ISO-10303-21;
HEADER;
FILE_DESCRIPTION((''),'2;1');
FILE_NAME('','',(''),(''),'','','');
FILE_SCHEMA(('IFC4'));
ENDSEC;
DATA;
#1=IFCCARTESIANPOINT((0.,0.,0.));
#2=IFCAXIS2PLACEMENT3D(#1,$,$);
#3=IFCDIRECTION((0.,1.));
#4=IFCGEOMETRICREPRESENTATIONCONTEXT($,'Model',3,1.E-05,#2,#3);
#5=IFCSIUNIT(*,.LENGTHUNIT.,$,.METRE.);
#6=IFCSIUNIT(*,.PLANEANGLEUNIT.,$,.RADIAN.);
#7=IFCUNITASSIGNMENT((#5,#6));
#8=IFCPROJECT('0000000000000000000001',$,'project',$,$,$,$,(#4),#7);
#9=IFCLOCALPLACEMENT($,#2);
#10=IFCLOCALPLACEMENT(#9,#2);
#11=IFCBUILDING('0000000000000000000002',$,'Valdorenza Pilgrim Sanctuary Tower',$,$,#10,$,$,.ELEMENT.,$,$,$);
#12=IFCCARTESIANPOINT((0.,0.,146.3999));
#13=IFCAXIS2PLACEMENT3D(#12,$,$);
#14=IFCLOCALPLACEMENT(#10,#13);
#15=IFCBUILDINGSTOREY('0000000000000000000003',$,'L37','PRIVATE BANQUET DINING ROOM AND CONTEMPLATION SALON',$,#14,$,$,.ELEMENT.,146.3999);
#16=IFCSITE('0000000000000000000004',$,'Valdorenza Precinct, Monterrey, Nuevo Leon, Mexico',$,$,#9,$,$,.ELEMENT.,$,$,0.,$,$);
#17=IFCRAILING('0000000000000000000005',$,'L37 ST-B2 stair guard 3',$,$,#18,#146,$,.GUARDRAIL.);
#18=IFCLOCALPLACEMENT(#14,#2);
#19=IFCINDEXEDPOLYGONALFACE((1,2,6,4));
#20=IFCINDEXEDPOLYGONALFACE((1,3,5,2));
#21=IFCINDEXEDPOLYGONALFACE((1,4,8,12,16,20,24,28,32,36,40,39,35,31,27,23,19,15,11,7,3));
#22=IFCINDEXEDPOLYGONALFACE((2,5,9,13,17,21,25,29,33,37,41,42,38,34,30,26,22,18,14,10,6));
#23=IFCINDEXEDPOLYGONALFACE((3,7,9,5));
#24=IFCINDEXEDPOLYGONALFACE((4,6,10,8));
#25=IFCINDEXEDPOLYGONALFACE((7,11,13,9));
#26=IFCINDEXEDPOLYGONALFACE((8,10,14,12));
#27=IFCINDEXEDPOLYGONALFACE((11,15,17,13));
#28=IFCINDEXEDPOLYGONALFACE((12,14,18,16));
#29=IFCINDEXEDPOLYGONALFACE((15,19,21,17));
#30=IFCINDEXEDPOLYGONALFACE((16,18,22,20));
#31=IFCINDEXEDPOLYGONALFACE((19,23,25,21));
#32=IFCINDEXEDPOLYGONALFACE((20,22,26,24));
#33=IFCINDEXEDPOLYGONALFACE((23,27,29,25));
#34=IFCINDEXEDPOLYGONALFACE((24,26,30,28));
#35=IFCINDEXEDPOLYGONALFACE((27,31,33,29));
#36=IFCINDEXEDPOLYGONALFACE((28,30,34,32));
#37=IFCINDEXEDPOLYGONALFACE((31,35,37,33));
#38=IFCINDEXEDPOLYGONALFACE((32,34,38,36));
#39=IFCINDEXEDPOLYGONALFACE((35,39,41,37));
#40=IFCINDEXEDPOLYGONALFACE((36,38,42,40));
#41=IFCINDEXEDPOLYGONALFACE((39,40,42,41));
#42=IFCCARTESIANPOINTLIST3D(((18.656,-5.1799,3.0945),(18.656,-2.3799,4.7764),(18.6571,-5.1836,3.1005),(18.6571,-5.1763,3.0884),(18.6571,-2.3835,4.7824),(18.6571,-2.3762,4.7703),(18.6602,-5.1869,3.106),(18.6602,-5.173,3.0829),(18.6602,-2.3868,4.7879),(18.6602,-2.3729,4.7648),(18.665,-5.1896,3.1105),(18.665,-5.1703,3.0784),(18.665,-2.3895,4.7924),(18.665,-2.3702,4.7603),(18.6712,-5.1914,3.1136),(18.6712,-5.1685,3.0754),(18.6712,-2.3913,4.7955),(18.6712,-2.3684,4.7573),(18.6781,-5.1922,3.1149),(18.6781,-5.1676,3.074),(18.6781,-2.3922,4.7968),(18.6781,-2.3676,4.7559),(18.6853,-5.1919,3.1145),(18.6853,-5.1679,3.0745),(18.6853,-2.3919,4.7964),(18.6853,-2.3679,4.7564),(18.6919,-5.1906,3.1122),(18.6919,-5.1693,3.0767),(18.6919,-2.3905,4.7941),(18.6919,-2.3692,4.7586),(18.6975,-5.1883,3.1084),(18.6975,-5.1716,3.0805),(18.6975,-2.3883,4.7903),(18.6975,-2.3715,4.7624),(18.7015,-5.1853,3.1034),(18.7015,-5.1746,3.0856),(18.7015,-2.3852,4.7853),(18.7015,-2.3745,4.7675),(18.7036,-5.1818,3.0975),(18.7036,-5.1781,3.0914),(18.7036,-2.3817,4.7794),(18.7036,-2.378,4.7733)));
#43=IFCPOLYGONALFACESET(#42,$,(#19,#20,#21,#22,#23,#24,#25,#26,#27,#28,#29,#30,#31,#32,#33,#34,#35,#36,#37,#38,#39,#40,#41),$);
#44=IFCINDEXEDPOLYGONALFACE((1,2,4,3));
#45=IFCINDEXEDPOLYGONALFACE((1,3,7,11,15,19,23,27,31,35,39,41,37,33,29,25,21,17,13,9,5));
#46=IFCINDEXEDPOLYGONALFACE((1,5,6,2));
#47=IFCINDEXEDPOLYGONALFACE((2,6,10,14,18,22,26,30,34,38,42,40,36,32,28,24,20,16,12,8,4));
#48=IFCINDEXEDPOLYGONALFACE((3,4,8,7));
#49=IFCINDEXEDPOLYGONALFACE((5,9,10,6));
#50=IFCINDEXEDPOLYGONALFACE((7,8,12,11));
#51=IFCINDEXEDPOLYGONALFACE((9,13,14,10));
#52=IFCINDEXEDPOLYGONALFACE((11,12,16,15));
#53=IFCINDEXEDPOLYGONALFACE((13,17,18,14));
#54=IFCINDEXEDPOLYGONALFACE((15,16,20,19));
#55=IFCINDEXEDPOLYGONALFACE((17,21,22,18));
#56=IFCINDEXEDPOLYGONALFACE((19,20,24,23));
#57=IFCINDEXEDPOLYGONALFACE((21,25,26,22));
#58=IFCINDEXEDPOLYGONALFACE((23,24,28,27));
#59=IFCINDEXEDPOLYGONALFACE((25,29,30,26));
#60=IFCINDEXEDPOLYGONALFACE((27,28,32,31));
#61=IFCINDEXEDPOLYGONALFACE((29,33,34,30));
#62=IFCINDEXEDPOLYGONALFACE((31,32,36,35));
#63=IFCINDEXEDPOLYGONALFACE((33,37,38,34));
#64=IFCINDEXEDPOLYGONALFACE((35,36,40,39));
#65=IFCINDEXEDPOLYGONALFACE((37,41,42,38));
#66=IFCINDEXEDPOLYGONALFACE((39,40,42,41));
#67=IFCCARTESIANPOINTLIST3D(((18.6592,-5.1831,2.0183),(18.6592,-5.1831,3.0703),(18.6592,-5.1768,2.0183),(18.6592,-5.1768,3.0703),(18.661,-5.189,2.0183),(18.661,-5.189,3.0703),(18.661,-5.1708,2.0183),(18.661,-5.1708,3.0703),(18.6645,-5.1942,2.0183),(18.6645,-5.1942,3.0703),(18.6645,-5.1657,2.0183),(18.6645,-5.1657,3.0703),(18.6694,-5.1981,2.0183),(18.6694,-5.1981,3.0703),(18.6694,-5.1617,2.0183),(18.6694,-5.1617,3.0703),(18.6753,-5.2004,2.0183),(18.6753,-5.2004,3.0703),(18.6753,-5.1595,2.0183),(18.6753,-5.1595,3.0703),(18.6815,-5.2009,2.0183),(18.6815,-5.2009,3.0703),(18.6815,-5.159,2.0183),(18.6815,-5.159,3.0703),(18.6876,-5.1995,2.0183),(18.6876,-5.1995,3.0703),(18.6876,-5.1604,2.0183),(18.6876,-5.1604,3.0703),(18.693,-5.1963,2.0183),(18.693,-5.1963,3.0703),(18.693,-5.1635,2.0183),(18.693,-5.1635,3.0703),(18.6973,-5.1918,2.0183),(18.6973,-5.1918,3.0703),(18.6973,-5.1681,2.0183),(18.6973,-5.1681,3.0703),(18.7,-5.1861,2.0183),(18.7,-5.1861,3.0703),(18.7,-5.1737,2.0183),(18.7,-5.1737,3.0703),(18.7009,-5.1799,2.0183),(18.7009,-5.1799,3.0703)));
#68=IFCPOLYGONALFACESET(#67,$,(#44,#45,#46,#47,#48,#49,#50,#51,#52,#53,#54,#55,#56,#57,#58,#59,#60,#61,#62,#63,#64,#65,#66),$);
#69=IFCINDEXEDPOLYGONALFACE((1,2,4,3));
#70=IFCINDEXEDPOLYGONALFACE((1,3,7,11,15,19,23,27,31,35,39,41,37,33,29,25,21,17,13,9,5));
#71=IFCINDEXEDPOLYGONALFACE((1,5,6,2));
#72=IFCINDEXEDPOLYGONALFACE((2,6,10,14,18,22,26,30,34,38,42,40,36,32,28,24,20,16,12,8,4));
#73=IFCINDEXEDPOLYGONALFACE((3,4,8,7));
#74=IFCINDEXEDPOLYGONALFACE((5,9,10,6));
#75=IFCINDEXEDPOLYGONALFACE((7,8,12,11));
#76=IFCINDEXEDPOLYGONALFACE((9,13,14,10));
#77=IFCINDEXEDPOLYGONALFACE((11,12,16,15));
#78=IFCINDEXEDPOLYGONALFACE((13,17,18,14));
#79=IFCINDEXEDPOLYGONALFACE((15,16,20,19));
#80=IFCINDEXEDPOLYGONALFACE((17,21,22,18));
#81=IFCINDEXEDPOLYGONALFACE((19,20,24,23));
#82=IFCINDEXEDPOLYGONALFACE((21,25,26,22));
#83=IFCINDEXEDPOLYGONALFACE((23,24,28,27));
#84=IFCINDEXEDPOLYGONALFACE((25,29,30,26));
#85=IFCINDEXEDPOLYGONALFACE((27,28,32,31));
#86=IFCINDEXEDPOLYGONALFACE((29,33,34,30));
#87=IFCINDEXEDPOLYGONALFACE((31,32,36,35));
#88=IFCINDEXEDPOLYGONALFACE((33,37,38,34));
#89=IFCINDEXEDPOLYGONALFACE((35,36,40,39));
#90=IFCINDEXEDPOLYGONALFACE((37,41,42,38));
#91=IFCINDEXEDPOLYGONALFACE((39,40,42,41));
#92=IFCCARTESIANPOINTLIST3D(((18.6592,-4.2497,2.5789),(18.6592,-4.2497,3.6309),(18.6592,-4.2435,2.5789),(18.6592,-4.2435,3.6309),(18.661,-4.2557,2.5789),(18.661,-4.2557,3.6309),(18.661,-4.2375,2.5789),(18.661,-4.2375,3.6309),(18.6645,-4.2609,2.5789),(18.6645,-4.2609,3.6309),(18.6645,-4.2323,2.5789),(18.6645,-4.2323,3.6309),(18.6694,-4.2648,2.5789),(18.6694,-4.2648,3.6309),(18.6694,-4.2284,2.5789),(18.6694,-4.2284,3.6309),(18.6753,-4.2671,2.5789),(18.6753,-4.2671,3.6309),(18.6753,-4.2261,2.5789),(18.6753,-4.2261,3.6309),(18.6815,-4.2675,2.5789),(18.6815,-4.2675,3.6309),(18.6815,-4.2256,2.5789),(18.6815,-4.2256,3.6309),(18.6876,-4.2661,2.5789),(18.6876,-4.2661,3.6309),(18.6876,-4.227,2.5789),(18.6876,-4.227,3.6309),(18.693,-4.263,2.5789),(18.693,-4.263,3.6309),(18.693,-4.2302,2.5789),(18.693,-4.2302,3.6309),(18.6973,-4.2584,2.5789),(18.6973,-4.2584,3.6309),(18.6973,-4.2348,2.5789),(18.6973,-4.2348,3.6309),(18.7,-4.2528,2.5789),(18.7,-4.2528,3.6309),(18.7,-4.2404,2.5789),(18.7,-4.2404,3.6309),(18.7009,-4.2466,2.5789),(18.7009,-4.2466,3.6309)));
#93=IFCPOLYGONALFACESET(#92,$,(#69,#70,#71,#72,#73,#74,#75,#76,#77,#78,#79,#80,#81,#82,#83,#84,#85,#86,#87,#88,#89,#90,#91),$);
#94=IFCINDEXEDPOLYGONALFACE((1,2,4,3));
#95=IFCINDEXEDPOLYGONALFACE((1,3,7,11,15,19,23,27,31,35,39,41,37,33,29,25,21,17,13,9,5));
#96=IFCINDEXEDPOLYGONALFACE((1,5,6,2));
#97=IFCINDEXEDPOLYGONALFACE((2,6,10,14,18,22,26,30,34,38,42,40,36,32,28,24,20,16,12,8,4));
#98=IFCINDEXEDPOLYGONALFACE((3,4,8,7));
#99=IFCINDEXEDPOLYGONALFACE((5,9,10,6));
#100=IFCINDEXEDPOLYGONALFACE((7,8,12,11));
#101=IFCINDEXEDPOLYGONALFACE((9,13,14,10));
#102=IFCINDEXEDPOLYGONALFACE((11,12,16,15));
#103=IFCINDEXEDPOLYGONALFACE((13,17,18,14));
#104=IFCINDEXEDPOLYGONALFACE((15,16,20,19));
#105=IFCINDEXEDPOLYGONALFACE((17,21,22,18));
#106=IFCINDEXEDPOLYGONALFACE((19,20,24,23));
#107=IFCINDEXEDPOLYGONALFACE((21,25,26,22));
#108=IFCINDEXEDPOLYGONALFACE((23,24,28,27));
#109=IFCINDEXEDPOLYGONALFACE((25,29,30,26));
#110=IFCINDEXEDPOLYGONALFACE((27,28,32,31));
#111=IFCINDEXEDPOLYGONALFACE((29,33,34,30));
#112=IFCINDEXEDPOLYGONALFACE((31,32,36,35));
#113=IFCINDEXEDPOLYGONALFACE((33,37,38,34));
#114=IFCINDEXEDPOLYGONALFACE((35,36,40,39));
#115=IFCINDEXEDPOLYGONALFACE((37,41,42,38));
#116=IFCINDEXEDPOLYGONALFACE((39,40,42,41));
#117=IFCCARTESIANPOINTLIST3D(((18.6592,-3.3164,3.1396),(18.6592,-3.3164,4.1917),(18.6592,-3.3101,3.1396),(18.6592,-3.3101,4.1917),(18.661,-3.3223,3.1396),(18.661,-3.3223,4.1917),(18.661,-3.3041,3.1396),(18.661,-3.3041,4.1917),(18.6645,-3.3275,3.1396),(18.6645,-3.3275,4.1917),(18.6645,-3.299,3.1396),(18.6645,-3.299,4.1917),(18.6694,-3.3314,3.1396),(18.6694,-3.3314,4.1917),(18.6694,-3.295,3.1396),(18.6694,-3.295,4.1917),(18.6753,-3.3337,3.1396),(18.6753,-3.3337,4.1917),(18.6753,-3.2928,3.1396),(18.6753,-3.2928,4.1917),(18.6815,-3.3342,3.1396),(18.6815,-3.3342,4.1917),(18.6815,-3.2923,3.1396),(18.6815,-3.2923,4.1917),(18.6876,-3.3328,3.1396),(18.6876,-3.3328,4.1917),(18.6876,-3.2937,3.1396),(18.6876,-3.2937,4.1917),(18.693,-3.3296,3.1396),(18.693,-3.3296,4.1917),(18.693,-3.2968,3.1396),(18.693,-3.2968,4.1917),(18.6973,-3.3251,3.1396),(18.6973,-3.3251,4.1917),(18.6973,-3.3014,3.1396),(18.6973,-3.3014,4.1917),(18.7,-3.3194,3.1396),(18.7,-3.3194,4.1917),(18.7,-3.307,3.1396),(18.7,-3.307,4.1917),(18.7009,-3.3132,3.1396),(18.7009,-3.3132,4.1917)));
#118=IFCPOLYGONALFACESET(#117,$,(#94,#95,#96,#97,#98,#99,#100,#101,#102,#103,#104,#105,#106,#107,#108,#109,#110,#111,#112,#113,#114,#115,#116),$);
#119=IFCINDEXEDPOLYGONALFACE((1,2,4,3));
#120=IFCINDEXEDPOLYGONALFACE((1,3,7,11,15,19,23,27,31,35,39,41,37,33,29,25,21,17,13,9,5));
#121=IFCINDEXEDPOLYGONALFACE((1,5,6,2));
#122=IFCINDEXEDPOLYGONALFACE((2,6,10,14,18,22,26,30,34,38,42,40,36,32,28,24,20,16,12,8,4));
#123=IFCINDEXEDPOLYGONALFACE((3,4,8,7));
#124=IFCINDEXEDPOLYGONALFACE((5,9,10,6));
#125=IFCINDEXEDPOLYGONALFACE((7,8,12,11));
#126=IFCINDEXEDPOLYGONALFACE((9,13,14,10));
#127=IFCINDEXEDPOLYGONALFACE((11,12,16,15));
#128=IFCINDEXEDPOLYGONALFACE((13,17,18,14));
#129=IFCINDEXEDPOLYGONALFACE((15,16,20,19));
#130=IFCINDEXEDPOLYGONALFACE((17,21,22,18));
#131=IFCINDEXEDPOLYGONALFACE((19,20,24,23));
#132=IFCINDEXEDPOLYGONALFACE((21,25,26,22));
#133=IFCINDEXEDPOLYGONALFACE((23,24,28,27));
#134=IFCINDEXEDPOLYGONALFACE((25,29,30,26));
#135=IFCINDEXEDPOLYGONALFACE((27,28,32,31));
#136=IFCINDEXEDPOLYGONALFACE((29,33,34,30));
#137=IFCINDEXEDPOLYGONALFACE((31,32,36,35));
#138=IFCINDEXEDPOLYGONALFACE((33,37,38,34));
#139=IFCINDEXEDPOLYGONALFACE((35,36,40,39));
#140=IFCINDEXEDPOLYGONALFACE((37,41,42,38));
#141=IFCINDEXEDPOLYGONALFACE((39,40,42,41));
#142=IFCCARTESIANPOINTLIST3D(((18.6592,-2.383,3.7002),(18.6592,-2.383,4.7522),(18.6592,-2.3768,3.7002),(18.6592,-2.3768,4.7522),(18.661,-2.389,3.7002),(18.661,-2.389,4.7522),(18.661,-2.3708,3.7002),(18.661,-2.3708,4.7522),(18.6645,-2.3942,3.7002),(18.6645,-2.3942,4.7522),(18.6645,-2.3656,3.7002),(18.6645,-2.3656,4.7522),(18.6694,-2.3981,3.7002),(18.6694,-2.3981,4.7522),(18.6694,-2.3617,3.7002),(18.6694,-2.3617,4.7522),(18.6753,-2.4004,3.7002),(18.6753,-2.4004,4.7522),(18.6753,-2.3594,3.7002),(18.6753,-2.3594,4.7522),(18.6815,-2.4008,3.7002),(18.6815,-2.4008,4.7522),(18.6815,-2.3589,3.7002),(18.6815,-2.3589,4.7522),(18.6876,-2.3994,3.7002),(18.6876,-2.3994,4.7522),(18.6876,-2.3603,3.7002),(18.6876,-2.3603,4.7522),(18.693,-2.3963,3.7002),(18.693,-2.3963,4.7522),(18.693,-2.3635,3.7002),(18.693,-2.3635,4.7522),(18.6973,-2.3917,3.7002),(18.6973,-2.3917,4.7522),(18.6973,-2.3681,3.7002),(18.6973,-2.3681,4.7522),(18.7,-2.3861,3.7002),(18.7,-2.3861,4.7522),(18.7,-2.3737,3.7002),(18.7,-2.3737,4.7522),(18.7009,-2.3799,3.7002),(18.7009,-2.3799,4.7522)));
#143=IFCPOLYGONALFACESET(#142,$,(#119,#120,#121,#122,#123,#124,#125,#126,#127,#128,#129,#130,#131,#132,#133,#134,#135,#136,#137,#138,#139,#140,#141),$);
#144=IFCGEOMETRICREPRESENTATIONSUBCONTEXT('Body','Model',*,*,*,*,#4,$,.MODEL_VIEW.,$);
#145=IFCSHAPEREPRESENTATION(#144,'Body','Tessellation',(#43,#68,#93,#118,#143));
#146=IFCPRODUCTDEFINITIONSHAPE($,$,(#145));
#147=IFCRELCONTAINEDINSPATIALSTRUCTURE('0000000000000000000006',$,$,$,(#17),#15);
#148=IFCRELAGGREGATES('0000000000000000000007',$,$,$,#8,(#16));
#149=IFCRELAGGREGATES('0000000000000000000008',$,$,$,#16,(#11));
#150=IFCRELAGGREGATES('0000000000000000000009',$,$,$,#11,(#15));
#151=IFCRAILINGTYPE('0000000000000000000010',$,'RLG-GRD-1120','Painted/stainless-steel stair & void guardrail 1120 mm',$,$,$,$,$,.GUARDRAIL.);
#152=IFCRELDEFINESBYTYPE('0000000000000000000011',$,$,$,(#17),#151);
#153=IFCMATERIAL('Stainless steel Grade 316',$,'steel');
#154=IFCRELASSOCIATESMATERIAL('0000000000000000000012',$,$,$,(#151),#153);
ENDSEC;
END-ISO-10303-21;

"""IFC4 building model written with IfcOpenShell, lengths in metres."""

from ifc_helpers import new_model, si_unit, direction, frame, origin, origin_2d, place, context, subcontext, project, spatial, circle, extrude, material, type_object, element, save


model = new_model("IFC4")

# Units and contexts
model_context = context("Model", 3, precision=1e-05, world=origin(), true_north=direction((0.0, 1.0)))
body_context = subcontext(model_context, "Body", "Model", "MODEL_VIEW")
ifc_project = project(units=[si_unit("LENGTHUNIT", "METRE"), si_unit("PLANEANGLEUNIT", "RADIAN")], contexts=[model_context])

# Site, building, storey
site_placement = place(None, origin())
site = spatial("IfcSite", under=ifc_project, at=site_placement, Name="Valdorenza Precinct, Monterrey, Nuevo Leon, Mexico", CompositionType="ELEMENT", RefElevation=0.0)
building_placement = place(site_placement, origin())
building = spatial("IfcBuilding", under=site, at=building_placement, Name="Valdorenza Pilgrim Sanctuary Tower", CompositionType="ELEMENT")
storey_placement = place(building_placement, frame((0.0, 0.0, 146.3999)))
storey = spatial("IfcBuildingStorey", under=building, at=storey_placement, Name="L37", Description="PRIVATE BANQUET DINING ROOM AND CONTEMPLATION SALON", CompositionType="ELEMENT", Elevation=146.3999)

# Railing
ifc_material_1 = material(Name="Stainless steel Grade 316", Category="steel")
railing_type_1 = type_object("IfcRailingType", Name="RLG-GRD-1120", Description="Painted/stainless-steel stair & void guardrail 1120 mm", PredefinedType="GUARDRAIL", material=ifc_material_1)
railing_1_placement = place(storey_placement, frame((18.6799, -5.1799, 2.0183)))
element("IfcRailing", 1, at=railing_1_placement, inside=storey, type_object=railing_type_1, Name="L37 ST-B2 stair guard 3", PredefinedType="GUARDRAIL", context=body_context, shape_type="SweptSolid", body=[
    extrude(circle(Radius=0.0239, at=origin_2d()), frame((0.0, 0.0, 1.0762), z_axis=(0.0, 0.857242, 0.514913), x_axis=(-1.0, 0.0, 0.0)), (0.0, 0.0, 1.0), 3.2664),
    extrude(circle(Radius=0.021, at=origin_2d()), origin(), (0.0, 0.0, 1.0), 1.052),
    extrude(circle(Radius=0.021, at=origin_2d()), frame((0.0, 0.9333, 0.5605)), (0.0, 0.0, 1.0), 1.052),
    extrude(circle(Radius=0.021, at=origin_2d()), frame((0.0, 1.8667, 1.1213)), (0.0, 0.0, 1.0), 1.052),
    extrude(circle(Radius=0.021, at=origin_2d()), frame((0.0, 2.8, 1.6819)), (0.0, 0.0, 1.0), 1.052),
])

save(model, "model.ifc")
